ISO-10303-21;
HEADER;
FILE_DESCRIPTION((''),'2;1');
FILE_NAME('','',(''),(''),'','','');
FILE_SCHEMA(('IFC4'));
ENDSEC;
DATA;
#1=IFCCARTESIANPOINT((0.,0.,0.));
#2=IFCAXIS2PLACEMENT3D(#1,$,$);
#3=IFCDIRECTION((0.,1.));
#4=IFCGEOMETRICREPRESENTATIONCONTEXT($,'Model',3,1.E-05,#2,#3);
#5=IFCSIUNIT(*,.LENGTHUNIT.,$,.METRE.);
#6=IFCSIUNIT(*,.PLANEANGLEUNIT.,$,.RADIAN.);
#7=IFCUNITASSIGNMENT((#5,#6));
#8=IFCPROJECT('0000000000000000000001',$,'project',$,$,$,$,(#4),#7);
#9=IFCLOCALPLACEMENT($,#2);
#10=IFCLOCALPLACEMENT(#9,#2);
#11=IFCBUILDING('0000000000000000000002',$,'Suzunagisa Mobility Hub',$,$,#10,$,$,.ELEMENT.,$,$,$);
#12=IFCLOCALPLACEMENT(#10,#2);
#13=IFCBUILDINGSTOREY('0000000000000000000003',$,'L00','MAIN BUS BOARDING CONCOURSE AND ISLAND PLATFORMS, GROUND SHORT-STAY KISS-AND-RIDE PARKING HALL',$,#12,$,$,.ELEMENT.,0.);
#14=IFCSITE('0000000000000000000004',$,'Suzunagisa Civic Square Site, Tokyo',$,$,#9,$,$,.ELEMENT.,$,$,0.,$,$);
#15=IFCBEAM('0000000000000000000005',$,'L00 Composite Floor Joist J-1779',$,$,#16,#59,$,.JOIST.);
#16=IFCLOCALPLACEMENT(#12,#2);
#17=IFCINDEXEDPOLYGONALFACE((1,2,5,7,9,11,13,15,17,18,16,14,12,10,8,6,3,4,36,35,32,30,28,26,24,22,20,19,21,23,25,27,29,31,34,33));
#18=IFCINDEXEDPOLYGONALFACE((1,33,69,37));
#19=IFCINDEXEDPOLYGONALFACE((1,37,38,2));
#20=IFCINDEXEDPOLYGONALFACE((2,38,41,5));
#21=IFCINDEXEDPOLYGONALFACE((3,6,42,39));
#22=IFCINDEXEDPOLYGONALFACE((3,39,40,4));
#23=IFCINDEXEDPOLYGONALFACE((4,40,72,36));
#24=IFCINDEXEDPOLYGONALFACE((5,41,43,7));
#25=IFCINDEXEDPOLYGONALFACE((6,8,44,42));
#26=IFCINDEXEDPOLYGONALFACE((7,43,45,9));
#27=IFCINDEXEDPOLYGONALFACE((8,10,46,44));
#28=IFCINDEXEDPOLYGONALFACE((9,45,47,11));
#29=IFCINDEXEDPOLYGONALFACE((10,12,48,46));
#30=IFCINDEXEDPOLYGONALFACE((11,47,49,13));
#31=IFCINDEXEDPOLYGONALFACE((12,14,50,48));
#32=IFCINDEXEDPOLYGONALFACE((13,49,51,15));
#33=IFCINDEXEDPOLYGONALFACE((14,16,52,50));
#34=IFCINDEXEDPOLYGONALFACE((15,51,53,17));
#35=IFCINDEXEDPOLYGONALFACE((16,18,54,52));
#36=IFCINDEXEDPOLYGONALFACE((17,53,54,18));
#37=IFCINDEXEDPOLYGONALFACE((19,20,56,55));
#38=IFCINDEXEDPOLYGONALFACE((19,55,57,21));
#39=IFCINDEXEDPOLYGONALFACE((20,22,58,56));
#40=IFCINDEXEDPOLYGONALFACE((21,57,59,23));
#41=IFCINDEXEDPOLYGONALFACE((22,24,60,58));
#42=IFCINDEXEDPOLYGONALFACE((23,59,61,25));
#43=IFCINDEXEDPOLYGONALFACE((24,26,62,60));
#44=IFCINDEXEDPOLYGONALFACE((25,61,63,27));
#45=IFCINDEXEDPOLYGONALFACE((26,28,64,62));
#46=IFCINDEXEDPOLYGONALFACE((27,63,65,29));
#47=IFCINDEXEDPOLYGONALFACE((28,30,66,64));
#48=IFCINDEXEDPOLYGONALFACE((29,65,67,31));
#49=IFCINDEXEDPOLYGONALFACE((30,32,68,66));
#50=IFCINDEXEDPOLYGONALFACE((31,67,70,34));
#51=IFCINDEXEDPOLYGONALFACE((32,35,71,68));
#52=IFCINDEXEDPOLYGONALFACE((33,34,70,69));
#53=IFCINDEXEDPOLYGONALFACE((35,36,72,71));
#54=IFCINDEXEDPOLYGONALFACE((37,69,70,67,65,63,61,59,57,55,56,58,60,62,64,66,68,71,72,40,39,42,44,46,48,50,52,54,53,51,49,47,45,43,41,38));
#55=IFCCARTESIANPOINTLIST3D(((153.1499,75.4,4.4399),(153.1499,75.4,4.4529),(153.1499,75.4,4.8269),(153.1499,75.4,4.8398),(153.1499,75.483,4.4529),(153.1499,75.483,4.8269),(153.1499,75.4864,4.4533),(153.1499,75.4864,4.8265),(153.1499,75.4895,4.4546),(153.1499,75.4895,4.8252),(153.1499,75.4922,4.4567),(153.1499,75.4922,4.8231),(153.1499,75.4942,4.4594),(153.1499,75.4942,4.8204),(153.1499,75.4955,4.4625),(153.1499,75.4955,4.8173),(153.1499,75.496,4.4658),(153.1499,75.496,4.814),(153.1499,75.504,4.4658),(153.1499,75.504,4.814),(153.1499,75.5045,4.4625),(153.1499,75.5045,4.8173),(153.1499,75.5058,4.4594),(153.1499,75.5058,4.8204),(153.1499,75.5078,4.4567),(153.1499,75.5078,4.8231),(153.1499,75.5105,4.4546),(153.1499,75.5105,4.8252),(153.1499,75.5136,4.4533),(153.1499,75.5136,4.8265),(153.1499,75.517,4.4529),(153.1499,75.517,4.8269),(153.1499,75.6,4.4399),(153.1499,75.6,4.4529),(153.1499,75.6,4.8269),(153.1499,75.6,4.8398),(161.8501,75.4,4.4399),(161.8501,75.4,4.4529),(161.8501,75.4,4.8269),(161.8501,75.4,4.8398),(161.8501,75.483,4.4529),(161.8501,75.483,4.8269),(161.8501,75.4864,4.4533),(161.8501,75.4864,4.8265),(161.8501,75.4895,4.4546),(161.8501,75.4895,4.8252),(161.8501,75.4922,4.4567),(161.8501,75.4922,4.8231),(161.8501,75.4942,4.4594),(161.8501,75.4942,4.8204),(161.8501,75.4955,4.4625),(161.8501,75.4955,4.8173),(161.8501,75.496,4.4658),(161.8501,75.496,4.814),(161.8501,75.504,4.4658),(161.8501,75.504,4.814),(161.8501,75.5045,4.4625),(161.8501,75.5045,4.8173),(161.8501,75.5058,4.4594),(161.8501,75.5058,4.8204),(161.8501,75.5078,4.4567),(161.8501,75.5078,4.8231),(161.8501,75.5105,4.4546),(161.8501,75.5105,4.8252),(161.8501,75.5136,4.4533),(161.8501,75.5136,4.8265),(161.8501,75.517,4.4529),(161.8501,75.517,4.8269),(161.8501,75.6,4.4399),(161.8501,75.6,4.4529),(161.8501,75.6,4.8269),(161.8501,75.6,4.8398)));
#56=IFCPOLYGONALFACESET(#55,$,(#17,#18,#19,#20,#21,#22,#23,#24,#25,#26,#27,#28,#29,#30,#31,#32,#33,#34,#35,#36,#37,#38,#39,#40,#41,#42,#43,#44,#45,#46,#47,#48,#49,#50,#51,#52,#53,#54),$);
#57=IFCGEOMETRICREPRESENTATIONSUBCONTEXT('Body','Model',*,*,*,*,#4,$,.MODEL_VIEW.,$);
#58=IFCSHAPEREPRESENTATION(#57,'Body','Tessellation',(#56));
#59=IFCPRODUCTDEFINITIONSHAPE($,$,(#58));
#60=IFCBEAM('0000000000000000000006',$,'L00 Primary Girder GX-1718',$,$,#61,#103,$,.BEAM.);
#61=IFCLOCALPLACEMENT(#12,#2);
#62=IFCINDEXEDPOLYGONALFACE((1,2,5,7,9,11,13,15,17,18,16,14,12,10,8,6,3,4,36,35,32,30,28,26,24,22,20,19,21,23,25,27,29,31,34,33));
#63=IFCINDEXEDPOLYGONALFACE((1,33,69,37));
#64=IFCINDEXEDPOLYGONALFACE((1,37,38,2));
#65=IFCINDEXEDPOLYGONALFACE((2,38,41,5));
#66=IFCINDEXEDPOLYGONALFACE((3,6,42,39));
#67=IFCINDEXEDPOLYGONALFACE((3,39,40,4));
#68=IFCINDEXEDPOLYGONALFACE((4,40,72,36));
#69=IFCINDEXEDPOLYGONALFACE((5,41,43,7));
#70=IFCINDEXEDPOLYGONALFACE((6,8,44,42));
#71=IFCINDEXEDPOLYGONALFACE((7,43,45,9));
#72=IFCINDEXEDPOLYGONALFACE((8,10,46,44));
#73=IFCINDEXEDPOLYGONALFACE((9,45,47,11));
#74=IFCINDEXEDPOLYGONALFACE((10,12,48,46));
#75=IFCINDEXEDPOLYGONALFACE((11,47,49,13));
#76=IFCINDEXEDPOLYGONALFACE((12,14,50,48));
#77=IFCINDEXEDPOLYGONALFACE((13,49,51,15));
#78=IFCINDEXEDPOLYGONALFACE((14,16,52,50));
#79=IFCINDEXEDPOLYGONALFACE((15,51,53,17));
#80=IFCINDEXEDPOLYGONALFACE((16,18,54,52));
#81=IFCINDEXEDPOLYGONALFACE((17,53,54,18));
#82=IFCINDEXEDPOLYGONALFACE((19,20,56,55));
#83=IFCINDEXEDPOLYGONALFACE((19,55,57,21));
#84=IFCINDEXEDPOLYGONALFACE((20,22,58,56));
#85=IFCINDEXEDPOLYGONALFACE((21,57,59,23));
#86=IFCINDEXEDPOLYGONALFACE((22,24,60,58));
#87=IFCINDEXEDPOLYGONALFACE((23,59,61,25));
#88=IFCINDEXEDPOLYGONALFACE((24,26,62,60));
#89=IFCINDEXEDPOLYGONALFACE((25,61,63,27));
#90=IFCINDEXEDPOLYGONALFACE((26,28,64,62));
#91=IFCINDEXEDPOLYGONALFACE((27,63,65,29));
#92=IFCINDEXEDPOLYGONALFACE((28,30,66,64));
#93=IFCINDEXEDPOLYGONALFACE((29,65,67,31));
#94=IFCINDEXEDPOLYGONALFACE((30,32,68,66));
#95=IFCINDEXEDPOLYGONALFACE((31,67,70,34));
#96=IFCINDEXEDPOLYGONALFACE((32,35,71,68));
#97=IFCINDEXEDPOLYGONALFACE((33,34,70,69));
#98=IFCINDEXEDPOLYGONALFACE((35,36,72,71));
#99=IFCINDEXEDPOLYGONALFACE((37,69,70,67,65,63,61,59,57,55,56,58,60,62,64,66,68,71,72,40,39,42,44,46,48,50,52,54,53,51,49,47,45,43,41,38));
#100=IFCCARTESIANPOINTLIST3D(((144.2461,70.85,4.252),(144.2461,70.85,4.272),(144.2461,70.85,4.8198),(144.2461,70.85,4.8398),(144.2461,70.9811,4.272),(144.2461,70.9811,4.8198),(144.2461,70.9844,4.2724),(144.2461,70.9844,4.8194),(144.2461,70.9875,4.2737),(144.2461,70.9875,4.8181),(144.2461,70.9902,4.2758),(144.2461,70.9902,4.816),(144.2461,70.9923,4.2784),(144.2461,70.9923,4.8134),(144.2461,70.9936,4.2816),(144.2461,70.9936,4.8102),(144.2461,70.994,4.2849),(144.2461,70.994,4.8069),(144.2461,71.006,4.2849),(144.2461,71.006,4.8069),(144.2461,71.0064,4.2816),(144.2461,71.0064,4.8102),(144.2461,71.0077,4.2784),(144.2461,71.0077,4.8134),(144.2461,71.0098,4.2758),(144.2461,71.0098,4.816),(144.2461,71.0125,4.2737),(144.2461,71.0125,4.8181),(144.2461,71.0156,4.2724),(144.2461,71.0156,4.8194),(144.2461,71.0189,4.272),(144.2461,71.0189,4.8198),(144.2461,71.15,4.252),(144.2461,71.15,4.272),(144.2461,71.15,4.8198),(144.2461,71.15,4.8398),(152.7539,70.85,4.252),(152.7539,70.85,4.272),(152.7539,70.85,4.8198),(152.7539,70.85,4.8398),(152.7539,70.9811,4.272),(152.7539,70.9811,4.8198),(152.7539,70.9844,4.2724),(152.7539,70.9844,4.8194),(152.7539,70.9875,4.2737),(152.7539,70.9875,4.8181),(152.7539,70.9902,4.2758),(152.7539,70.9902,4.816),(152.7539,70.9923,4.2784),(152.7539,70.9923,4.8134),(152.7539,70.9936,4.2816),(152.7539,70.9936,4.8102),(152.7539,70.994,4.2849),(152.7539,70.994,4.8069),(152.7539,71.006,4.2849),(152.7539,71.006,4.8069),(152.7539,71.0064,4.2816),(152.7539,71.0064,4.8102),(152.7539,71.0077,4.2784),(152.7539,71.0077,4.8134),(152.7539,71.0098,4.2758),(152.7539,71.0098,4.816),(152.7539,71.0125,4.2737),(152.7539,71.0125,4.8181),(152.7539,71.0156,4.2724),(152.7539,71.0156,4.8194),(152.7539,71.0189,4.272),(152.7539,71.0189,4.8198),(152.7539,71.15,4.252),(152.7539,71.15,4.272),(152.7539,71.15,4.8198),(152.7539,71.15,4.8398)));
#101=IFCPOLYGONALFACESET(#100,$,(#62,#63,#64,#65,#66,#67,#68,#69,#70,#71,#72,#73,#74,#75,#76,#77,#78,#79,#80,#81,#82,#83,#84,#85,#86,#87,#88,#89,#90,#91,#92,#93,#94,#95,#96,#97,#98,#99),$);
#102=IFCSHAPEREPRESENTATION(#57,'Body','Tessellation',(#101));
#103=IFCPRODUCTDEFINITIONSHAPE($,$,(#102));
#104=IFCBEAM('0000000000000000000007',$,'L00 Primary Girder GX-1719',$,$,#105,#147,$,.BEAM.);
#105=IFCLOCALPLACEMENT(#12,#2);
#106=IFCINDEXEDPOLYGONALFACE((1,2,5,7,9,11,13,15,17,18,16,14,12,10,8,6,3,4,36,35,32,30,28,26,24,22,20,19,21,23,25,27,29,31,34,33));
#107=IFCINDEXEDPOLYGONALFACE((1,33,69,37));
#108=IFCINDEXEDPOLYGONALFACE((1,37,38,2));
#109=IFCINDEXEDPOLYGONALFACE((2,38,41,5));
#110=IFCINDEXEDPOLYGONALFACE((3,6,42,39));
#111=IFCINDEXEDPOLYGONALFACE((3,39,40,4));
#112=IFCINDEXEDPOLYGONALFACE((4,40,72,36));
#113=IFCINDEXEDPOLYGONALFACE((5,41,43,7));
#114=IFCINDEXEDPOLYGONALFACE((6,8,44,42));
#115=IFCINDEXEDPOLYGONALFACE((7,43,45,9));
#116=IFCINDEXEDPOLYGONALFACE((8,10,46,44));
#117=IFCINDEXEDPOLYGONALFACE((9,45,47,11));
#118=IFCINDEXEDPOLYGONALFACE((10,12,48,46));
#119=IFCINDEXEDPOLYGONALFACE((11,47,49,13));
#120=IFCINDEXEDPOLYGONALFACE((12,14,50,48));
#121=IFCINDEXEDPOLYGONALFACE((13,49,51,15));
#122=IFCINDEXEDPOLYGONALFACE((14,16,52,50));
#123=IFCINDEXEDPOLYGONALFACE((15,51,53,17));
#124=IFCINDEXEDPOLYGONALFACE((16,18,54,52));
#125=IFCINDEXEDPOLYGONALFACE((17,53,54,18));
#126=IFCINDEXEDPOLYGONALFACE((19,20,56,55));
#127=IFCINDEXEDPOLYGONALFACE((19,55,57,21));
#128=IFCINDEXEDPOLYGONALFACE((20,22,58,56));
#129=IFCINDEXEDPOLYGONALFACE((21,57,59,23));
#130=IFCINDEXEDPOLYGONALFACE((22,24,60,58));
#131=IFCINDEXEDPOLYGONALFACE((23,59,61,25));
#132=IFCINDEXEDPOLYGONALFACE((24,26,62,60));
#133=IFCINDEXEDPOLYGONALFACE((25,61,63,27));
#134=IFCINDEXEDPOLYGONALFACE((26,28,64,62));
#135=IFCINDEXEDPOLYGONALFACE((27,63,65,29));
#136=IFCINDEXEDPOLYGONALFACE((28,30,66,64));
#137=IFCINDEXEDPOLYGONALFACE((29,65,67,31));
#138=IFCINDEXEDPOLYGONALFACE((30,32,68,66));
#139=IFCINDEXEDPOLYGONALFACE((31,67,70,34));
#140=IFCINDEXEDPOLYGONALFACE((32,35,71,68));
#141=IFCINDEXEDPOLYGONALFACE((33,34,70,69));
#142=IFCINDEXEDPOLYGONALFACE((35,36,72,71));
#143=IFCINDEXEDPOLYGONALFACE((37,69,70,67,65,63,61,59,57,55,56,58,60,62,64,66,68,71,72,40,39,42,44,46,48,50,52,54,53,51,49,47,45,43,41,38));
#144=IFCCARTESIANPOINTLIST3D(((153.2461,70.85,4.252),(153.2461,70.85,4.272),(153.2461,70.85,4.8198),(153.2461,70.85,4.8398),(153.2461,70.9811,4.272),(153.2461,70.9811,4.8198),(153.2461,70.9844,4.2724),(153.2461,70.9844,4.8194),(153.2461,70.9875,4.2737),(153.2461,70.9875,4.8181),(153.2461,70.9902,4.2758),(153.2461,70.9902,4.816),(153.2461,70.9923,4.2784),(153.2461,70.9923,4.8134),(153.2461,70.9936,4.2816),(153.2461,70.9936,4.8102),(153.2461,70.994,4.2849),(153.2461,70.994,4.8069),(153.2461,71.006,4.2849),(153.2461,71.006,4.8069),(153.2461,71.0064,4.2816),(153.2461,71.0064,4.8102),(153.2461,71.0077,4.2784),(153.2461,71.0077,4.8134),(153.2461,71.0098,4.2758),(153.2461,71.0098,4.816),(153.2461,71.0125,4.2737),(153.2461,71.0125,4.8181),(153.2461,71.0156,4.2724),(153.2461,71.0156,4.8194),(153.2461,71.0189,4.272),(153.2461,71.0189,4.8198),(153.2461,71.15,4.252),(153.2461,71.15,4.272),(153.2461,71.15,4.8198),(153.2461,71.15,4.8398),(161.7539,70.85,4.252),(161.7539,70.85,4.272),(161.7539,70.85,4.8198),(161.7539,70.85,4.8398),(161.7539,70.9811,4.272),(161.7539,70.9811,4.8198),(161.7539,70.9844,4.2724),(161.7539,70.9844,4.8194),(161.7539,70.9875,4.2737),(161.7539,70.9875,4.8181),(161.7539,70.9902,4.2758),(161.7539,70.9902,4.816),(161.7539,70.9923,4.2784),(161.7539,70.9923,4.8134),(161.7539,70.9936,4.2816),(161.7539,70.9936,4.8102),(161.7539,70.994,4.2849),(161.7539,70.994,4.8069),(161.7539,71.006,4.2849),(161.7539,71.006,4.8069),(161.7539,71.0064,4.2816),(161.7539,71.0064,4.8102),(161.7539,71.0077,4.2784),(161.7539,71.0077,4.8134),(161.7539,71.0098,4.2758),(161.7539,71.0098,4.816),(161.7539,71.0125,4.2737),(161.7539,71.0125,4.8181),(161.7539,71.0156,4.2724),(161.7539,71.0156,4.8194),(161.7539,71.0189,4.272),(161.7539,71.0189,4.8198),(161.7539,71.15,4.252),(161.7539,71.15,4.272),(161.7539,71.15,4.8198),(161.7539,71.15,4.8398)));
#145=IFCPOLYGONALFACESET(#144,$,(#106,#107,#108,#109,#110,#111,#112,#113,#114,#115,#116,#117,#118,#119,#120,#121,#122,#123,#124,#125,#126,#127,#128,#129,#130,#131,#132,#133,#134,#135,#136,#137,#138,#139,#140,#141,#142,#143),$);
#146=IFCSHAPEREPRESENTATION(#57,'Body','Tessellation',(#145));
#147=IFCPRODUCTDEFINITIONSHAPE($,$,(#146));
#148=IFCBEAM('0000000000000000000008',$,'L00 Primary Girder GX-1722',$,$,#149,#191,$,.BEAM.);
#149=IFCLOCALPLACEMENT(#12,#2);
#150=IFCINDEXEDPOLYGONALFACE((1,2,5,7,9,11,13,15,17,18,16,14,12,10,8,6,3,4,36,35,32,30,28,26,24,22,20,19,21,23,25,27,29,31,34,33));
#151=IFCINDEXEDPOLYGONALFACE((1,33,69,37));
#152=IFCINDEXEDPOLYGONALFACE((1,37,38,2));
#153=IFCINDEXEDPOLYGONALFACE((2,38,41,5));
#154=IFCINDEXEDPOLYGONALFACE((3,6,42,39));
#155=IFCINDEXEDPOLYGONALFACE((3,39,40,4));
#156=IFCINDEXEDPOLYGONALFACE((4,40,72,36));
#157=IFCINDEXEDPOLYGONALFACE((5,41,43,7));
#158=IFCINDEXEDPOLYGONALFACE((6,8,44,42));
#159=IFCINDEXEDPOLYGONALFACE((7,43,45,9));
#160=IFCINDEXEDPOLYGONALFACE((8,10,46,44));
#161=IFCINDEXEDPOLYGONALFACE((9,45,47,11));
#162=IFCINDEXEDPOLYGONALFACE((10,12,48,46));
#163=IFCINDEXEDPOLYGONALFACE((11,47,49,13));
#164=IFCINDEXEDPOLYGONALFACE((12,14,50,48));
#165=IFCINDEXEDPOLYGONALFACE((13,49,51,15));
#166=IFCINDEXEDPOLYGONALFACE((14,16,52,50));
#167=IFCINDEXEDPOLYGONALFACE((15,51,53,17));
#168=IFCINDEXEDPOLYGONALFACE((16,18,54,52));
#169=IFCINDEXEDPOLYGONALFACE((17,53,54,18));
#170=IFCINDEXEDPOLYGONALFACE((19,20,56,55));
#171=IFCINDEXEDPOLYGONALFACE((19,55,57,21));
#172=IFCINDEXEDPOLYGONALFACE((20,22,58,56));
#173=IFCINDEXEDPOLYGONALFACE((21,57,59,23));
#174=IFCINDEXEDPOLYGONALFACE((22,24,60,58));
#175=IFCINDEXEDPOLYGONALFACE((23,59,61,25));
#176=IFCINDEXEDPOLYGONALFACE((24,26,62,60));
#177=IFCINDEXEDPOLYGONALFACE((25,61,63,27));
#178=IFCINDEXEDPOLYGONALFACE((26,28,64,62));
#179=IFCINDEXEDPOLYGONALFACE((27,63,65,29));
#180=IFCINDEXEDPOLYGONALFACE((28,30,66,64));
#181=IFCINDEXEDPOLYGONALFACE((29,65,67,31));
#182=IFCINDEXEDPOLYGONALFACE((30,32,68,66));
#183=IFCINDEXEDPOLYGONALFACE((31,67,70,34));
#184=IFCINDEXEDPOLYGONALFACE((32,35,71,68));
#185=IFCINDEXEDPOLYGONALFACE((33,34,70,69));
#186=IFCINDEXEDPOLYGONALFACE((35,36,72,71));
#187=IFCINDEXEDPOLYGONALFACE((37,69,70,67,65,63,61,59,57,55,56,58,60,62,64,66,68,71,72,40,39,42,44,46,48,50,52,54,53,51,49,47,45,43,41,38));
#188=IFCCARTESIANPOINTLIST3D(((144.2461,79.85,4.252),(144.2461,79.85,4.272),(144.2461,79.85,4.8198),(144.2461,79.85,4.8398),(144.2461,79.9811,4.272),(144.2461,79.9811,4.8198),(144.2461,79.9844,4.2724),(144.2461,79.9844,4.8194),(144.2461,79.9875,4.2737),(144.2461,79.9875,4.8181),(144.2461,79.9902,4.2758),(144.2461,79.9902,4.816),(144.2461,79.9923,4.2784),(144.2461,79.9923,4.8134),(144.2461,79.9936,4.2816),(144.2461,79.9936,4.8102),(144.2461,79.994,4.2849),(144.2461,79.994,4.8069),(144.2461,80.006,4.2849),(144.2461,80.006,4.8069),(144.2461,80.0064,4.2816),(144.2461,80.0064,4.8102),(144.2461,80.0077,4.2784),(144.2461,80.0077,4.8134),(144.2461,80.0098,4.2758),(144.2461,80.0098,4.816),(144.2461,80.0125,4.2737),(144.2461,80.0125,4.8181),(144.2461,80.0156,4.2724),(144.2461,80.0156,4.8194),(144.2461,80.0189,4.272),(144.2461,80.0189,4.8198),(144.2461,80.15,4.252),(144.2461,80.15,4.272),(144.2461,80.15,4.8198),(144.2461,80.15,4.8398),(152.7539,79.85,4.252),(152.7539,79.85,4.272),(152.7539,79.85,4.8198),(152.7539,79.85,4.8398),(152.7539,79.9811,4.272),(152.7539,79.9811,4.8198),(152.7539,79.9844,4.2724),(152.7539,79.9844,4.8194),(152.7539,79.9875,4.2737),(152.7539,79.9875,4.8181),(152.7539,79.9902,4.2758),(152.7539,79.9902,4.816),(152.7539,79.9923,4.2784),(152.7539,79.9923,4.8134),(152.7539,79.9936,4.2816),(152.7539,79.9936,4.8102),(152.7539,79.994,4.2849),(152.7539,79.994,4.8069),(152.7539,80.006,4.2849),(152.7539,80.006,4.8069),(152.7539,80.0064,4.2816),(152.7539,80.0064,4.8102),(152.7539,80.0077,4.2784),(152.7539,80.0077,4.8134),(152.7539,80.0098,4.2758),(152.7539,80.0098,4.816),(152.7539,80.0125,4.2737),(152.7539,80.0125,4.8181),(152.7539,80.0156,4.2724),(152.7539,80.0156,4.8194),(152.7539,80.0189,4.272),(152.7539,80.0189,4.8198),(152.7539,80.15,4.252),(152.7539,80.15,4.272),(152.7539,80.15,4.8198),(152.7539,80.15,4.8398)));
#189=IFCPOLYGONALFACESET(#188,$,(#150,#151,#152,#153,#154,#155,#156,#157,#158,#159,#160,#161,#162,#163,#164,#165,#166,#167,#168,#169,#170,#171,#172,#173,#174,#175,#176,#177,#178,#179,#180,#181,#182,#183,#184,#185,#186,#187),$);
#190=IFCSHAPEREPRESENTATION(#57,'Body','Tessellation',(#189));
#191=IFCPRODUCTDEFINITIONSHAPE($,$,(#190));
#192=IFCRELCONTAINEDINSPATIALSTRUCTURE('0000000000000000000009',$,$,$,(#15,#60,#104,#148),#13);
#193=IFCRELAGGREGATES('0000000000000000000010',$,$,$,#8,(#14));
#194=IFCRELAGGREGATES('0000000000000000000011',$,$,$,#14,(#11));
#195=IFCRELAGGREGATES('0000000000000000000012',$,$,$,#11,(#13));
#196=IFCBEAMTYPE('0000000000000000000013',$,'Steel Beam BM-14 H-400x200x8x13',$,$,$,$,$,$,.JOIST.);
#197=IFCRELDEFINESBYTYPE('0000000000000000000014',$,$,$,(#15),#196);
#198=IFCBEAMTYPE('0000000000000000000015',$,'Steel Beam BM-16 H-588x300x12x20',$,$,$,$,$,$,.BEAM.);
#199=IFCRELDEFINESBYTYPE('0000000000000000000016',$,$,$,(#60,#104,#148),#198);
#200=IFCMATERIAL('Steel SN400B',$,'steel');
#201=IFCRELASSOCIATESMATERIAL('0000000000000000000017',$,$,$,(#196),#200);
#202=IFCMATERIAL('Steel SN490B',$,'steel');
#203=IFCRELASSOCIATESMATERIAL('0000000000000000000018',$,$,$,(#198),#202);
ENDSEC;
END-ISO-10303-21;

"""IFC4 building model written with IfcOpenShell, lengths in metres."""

from ifc_helpers import new_model, si_unit, direction, frame, origin, origin_2d, place, context, subcontext, project, spatial, i_section, extrude, material, material_profile, profile_set, type_object, element, save


model = new_model("IFC4")

# Units and contexts
model_context = context("Model", 3, precision=1e-05, world=origin(), true_north=direction((0.0, 1.0)))
body_context = subcontext(model_context, "Body", "Model", "MODEL_VIEW")
ifc_project = project(units=[si_unit("LENGTHUNIT", "METRE"), si_unit("PLANEANGLEUNIT", "RADIAN")], contexts=[model_context])

# Site, building, storey
site_placement = place(None, origin())
site = spatial("IfcSite", under=ifc_project, at=site_placement, Name="Suzunagisa Civic Square Site, Tokyo", CompositionType="ELEMENT", RefElevation=0.0)
building_placement = place(site_placement, origin())
building = spatial("IfcBuilding", under=site, at=building_placement, Name="Suzunagisa Mobility Hub", CompositionType="ELEMENT")
storey_placement = place(building_placement, origin())
storey = spatial("IfcBuildingStorey", under=building, at=storey_placement, Name="L00", Description="MAIN BUS BOARDING CONCOURSE AND ISLAND PLATFORMS, GROUND SHORT-STAY KISS-AND-RIDE PARKING HALL", CompositionType="ELEMENT", Elevation=0.0)

# Shared definitions
ifc_material_1 = material(Name="Steel SN490B", Category="steel")

# Beams
ifc_material_2 = material(Name="Steel SN400B", Category="steel")
ifc_material_profile_1 = material_profile(ifc_material_2, i_section(OverallWidth=0.2, OverallDepth=0.3999, WebThickness=0.0081, FlangeThickness=0.0129, FilletRadius=0.0129, at=origin_2d()), Name="H-400x200x8x13")
ifc_profile_set_1 = profile_set([ifc_material_profile_1], Name="Steel SN400B")
beam_type_1 = type_object("IfcBeamType", Name="Steel Beam BM-14 H-400x200x8x13", PredefinedType="JOIST", material=ifc_profile_set_1)
for number, where, z_axis, x_axis, name in (
    (1, (153.1499, 75.5, 4.6399), (1.0, 0.0, 0.0), (0.0, 1.0, 0.0), "L00 Composite Floor Joist J-1779"),
):
    element("IfcBeam", number, at=place(storey_placement, frame(where, z_axis=z_axis, x_axis=x_axis)), inside=storey, type_object=beam_type_1, Name=name, PredefinedType="JOIST", context=body_context, shape_type="SweptSolid", body=[
        extrude(i_section(OverallWidth=0.2, OverallDepth=0.3999, WebThickness=0.0081, FlangeThickness=0.0129, FilletRadius=0.0129, at=origin_2d()), origin(), (0.0, 0.0, 1.0), 8.7002),
    ])
ifc_material_profile_2 = material_profile(ifc_material_1, i_section(OverallWidth=0.3, OverallDepth=0.5879, WebThickness=0.012, FlangeThickness=0.02, FilletRadius=0.0129, at=origin_2d()), Name="H-588x300x12x20")
ifc_profile_set_2 = profile_set([ifc_material_profile_2], Name="Steel SN490B")
beam_type_2 = type_object("IfcBeamType", Name="Steel Beam BM-16 H-588x300x12x20", PredefinedType="BEAM", material=ifc_profile_set_2)
for number, where, z_axis, x_axis, name in (
    (2, (144.2461, 71.0, 4.5459), (1.0, 0.0, 0.0), (0.0, 1.0, 0.0), "L00 Primary Girder GX-1718"),
    (3, (153.2461, 71.0, 4.5459), (1.0, 0.0, 0.0), (0.0, 1.0, 0.0), "L00 Primary Girder GX-1719"),
    (4, (144.2461, 80.0, 4.5459), (1.0, 0.0, 0.0), (0.0, 1.0, 0.0), "L00 Primary Girder GX-1722"),
):
    element("IfcBeam", number, at=place(storey_placement, frame(where, z_axis=z_axis, x_axis=x_axis)), inside=storey, type_object=beam_type_2, Name=name, PredefinedType="BEAM", context=body_context, shape_type="SweptSolid", body=[
        extrude(i_section(OverallWidth=0.3, OverallDepth=0.5879, WebThickness=0.012, FlangeThickness=0.02, FilletRadius=0.0129, at=origin_2d()), origin(), (0.0, 0.0, 1.0), 8.5078),
    ])

save(model, "model.ifc")
